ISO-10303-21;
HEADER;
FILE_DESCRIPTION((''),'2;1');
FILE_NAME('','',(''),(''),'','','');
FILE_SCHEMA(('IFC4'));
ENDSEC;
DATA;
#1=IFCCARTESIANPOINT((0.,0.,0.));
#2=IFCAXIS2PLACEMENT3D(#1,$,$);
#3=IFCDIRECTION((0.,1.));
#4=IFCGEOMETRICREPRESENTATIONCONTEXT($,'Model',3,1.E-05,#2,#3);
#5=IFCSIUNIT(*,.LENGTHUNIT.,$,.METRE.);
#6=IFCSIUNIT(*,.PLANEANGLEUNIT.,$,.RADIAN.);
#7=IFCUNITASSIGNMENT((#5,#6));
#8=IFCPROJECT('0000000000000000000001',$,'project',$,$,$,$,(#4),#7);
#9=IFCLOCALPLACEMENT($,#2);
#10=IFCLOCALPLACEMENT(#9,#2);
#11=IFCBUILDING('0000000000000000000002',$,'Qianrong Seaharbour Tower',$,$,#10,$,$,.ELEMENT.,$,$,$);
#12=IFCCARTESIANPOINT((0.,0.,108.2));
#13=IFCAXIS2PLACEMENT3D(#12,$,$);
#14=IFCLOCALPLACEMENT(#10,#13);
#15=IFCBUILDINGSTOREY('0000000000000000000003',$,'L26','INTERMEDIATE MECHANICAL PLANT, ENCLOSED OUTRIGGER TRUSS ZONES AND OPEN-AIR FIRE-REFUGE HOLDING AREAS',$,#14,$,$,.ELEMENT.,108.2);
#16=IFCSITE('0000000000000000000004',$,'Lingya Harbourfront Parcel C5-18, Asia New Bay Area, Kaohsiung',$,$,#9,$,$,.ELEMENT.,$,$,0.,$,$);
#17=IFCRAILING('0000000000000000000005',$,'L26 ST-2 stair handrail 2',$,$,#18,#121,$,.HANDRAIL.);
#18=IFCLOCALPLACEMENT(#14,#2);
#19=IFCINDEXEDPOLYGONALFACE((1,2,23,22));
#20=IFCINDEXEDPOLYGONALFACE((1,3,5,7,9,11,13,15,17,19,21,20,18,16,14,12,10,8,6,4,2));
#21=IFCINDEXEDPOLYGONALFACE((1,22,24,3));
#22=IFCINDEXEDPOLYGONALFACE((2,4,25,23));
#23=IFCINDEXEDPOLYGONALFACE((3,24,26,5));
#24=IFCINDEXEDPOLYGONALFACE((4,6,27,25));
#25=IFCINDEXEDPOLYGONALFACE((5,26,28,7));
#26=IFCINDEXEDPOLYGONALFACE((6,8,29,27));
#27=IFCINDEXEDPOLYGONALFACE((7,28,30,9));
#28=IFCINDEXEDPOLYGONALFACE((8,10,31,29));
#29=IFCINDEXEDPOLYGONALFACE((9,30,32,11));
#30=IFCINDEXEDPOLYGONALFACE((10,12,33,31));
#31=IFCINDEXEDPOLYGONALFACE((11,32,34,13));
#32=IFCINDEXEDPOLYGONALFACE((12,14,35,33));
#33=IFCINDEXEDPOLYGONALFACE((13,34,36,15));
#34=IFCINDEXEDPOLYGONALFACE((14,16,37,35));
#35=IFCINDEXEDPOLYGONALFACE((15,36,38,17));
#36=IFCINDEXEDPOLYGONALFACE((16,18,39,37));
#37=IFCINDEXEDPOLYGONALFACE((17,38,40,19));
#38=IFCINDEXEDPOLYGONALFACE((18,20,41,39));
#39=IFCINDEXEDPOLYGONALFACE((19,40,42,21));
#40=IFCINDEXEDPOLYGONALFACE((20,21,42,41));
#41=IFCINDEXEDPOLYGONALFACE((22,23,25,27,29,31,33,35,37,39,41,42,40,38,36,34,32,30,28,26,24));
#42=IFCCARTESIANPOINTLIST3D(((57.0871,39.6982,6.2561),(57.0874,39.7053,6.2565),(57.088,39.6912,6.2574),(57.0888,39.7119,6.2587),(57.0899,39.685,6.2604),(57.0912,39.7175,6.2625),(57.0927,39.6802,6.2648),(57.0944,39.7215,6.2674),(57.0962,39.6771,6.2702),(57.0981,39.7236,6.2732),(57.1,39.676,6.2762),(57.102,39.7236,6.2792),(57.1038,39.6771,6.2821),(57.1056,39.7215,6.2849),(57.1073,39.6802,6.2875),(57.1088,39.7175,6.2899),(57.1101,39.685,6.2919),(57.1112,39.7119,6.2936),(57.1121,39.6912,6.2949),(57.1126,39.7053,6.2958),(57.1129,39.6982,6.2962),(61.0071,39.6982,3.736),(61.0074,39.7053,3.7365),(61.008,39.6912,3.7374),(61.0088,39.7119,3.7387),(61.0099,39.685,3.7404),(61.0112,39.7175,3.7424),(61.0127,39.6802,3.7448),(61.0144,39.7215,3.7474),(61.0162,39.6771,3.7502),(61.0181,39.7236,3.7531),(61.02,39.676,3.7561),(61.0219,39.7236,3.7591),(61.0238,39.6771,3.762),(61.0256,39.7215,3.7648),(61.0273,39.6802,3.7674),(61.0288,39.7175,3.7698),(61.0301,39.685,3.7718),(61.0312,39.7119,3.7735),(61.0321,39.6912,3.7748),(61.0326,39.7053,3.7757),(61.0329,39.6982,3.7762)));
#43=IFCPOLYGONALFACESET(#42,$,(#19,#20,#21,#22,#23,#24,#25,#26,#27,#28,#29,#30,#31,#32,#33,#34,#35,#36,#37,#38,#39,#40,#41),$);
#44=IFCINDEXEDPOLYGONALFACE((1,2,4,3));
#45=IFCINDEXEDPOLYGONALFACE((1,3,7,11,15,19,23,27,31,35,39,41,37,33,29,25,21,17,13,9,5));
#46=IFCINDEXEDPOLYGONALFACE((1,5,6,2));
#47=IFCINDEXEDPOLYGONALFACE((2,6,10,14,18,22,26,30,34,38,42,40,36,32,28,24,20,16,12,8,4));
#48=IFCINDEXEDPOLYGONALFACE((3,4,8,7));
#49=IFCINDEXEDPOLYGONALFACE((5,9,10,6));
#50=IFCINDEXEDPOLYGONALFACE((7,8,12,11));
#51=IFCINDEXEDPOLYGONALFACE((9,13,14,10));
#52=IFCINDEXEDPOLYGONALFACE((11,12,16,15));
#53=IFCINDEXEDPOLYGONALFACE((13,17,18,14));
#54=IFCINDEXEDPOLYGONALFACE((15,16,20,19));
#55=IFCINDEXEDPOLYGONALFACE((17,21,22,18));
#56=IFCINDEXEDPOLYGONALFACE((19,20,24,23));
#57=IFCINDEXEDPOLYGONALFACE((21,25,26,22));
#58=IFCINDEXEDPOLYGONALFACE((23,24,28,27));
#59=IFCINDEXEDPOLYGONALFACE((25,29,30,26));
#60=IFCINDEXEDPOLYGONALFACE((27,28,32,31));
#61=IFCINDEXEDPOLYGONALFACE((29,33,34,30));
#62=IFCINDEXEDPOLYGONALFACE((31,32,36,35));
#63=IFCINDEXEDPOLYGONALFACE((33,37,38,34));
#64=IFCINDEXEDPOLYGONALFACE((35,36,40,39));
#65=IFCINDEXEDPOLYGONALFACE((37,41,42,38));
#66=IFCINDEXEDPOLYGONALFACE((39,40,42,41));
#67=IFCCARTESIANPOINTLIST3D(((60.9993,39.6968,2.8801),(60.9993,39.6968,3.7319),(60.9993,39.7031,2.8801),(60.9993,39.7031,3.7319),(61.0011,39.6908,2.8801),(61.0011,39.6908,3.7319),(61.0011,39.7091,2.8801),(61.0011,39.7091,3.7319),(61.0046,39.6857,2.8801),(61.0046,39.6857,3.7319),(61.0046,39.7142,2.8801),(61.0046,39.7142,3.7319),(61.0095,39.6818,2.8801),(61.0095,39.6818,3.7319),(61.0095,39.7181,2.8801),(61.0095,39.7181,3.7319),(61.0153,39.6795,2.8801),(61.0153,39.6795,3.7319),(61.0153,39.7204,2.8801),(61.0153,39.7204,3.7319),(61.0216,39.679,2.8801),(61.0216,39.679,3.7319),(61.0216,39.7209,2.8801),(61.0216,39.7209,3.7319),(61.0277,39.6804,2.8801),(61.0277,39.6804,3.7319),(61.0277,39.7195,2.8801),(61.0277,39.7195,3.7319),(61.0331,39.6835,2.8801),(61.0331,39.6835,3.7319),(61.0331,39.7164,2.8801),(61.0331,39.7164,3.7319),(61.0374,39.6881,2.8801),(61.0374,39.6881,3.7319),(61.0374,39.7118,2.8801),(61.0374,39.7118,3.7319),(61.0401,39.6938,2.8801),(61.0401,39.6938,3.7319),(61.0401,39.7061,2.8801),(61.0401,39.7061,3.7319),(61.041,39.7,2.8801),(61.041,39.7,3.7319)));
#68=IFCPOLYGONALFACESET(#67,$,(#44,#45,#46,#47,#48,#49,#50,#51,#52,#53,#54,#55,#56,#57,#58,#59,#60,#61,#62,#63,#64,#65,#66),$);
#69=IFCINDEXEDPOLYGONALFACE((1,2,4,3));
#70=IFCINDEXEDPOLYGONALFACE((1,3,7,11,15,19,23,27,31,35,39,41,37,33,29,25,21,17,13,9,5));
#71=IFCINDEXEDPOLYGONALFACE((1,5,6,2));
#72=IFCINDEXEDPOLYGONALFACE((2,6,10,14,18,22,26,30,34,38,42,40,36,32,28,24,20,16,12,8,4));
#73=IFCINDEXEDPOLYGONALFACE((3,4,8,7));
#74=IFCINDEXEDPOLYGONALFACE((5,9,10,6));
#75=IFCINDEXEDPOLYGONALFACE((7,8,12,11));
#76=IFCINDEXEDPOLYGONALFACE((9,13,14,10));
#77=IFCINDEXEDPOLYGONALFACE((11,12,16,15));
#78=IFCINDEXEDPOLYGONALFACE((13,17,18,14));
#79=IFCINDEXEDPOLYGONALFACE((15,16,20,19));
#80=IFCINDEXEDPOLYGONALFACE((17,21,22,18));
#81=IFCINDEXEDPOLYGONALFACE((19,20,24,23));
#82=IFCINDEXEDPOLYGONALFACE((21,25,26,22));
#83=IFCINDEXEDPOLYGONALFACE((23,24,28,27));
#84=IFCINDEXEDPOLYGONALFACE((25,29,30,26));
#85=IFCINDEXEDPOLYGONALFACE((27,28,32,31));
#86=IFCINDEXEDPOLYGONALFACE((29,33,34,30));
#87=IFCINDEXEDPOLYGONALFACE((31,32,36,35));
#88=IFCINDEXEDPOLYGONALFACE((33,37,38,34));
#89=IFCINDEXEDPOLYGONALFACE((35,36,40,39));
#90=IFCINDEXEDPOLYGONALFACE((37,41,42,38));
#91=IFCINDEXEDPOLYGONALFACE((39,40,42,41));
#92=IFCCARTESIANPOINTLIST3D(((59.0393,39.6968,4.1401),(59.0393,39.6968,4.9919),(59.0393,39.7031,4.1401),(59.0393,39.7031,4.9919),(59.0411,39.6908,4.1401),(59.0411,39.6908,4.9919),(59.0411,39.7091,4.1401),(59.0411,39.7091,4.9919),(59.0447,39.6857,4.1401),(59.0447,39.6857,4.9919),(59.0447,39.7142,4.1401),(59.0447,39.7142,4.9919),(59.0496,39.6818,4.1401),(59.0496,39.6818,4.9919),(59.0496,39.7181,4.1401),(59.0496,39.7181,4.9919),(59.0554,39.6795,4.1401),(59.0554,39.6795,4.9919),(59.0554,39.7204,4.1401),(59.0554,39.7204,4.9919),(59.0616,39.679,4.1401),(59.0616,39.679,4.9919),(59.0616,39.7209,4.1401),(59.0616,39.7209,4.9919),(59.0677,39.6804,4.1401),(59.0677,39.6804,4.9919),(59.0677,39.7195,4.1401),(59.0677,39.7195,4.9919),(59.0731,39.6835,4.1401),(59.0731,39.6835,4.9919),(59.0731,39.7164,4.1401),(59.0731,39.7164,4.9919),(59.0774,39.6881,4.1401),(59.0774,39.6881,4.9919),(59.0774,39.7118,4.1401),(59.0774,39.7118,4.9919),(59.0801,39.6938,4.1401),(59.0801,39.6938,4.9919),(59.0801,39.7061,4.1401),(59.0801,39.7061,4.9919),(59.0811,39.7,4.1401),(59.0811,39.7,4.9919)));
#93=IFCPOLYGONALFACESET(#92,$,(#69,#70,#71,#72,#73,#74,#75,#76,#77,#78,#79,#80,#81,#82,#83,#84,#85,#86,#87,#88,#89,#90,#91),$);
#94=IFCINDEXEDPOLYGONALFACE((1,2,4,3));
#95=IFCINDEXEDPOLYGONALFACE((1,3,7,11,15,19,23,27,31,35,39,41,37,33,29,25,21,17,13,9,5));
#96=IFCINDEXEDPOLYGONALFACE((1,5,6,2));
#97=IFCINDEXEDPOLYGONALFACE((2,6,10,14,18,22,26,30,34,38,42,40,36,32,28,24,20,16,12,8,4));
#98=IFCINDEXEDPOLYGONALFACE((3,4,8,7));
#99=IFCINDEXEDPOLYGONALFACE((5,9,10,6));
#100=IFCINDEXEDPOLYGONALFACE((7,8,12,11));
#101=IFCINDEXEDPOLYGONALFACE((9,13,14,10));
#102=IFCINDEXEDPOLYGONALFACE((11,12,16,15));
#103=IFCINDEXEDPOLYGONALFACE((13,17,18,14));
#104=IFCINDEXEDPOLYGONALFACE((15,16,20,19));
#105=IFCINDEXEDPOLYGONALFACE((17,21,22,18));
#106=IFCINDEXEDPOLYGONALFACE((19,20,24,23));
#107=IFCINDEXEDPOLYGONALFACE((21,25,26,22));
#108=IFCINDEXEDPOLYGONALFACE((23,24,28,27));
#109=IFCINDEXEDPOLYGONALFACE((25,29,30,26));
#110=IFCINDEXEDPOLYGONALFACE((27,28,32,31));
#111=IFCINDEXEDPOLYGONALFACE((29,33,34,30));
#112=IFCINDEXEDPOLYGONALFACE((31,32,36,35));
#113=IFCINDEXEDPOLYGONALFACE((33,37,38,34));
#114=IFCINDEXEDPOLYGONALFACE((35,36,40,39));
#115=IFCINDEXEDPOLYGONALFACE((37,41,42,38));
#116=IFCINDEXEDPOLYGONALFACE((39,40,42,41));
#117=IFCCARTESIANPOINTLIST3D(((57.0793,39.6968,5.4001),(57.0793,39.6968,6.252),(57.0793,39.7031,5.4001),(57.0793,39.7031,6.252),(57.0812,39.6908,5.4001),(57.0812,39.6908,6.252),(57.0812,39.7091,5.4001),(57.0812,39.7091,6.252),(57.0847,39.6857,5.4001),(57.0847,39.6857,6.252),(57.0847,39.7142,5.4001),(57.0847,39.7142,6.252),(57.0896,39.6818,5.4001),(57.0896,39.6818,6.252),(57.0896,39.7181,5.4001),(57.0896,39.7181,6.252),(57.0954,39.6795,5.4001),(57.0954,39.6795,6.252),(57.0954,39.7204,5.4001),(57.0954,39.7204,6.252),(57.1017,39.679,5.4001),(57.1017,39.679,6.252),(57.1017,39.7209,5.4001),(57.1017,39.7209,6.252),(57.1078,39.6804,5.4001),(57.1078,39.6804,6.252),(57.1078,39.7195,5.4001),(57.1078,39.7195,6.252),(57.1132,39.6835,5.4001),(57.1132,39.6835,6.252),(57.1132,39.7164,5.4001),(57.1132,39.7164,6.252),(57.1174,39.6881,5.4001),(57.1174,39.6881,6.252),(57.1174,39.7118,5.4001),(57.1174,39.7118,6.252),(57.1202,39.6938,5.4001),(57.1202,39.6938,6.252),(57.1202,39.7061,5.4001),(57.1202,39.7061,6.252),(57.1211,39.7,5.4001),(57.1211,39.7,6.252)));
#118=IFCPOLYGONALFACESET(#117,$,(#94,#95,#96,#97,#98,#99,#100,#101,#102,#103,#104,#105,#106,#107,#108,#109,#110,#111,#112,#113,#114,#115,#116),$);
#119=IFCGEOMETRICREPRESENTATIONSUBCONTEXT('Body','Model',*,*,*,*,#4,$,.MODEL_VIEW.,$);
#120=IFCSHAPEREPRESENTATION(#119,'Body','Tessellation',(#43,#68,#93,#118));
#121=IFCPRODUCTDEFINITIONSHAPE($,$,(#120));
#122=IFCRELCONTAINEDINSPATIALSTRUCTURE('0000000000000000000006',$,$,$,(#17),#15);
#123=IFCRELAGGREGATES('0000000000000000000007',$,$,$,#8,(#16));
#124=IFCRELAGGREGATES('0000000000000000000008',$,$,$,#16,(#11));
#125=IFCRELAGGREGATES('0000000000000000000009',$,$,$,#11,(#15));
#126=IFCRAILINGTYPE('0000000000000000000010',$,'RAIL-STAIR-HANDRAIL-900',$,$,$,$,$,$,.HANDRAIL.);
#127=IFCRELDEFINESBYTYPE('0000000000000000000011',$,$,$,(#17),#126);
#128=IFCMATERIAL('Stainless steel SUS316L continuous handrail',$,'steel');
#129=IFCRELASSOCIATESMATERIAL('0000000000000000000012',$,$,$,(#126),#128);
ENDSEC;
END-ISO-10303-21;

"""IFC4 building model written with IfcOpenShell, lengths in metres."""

from ifc_helpers import new_model, si_unit, direction, frame, origin, origin_2d, place, context, subcontext, project, spatial, circle, extrude, material, type_object, element, save


model = new_model("IFC4")

# Units and contexts
model_context = context("Model", 3, precision=1e-05, world=origin(), true_north=direction((0.0, 1.0)))
body_context = subcontext(model_context, "Body", "Model", "MODEL_VIEW")
ifc_project = project(units=[si_unit("LENGTHUNIT", "METRE"), si_unit("PLANEANGLEUNIT", "RADIAN")], contexts=[model_context])

# Site, building, storey
site_placement = place(None, origin())
site = spatial("IfcSite", under=ifc_project, at=site_placement, Name="Lingya Harbourfront Parcel C5-18, Asia New Bay Area, Kaohsiung", CompositionType="ELEMENT", RefElevation=0.0)
building_placement = place(site_placement, origin())
building = spatial("IfcBuilding", under=site, at=building_placement, Name="Qianrong Seaharbour Tower", CompositionType="ELEMENT")
storey_placement = place(building_placement, frame((0.0, 0.0, 108.2)))
storey = spatial("IfcBuildingStorey", under=building, at=storey_placement, Name="L26", Description="INTERMEDIATE MECHANICAL PLANT, ENCLOSED OUTRIGGER TRUSS ZONES AND OPEN-AIR FIRE-REFUGE HOLDING AREAS", CompositionType="ELEMENT", Elevation=108.2)

# Railing
ifc_material_1 = material(Name="Stainless steel SUS316L continuous handrail", Category="steel")
railing_type_1 = type_object("IfcRailingType", Name="RAIL-STAIR-HANDRAIL-900", PredefinedType="HANDRAIL", material=ifc_material_1)
railing_1_placement = place(storey_placement, frame((61.02, 39.7, 2.8801)))
element("IfcRailing", 1, at=railing_1_placement, inside=storey, type_object=railing_type_1, Name="L26 ST-2 stair handrail 2", PredefinedType="HANDRAIL", context=body_context, shape_type="SweptSolid", body=[
    extrude(circle(Radius=0.0239, at=origin_2d()), frame((0.0, 0.0, 0.876), z_axis=(-0.841172, 0.0, 0.540768), x_axis=(0.0, -1.0, 0.0)), (0.0, 0.0, 1.0), 4.6602),
    extrude(circle(Radius=0.021, at=origin_2d()), origin(), (0.0, 0.0, 1.0), 0.8518),
    extrude(circle(Radius=0.021, at=origin_2d()), frame((-1.96, 0.0, 1.26)), (0.0, 0.0, 1.0), 0.8518),
    extrude(circle(Radius=0.021, at=origin_2d()), frame((-3.9199, 0.0, 2.52)), (0.0, 0.0, 1.0), 0.8518),
])

save(model, "model.ifc")
